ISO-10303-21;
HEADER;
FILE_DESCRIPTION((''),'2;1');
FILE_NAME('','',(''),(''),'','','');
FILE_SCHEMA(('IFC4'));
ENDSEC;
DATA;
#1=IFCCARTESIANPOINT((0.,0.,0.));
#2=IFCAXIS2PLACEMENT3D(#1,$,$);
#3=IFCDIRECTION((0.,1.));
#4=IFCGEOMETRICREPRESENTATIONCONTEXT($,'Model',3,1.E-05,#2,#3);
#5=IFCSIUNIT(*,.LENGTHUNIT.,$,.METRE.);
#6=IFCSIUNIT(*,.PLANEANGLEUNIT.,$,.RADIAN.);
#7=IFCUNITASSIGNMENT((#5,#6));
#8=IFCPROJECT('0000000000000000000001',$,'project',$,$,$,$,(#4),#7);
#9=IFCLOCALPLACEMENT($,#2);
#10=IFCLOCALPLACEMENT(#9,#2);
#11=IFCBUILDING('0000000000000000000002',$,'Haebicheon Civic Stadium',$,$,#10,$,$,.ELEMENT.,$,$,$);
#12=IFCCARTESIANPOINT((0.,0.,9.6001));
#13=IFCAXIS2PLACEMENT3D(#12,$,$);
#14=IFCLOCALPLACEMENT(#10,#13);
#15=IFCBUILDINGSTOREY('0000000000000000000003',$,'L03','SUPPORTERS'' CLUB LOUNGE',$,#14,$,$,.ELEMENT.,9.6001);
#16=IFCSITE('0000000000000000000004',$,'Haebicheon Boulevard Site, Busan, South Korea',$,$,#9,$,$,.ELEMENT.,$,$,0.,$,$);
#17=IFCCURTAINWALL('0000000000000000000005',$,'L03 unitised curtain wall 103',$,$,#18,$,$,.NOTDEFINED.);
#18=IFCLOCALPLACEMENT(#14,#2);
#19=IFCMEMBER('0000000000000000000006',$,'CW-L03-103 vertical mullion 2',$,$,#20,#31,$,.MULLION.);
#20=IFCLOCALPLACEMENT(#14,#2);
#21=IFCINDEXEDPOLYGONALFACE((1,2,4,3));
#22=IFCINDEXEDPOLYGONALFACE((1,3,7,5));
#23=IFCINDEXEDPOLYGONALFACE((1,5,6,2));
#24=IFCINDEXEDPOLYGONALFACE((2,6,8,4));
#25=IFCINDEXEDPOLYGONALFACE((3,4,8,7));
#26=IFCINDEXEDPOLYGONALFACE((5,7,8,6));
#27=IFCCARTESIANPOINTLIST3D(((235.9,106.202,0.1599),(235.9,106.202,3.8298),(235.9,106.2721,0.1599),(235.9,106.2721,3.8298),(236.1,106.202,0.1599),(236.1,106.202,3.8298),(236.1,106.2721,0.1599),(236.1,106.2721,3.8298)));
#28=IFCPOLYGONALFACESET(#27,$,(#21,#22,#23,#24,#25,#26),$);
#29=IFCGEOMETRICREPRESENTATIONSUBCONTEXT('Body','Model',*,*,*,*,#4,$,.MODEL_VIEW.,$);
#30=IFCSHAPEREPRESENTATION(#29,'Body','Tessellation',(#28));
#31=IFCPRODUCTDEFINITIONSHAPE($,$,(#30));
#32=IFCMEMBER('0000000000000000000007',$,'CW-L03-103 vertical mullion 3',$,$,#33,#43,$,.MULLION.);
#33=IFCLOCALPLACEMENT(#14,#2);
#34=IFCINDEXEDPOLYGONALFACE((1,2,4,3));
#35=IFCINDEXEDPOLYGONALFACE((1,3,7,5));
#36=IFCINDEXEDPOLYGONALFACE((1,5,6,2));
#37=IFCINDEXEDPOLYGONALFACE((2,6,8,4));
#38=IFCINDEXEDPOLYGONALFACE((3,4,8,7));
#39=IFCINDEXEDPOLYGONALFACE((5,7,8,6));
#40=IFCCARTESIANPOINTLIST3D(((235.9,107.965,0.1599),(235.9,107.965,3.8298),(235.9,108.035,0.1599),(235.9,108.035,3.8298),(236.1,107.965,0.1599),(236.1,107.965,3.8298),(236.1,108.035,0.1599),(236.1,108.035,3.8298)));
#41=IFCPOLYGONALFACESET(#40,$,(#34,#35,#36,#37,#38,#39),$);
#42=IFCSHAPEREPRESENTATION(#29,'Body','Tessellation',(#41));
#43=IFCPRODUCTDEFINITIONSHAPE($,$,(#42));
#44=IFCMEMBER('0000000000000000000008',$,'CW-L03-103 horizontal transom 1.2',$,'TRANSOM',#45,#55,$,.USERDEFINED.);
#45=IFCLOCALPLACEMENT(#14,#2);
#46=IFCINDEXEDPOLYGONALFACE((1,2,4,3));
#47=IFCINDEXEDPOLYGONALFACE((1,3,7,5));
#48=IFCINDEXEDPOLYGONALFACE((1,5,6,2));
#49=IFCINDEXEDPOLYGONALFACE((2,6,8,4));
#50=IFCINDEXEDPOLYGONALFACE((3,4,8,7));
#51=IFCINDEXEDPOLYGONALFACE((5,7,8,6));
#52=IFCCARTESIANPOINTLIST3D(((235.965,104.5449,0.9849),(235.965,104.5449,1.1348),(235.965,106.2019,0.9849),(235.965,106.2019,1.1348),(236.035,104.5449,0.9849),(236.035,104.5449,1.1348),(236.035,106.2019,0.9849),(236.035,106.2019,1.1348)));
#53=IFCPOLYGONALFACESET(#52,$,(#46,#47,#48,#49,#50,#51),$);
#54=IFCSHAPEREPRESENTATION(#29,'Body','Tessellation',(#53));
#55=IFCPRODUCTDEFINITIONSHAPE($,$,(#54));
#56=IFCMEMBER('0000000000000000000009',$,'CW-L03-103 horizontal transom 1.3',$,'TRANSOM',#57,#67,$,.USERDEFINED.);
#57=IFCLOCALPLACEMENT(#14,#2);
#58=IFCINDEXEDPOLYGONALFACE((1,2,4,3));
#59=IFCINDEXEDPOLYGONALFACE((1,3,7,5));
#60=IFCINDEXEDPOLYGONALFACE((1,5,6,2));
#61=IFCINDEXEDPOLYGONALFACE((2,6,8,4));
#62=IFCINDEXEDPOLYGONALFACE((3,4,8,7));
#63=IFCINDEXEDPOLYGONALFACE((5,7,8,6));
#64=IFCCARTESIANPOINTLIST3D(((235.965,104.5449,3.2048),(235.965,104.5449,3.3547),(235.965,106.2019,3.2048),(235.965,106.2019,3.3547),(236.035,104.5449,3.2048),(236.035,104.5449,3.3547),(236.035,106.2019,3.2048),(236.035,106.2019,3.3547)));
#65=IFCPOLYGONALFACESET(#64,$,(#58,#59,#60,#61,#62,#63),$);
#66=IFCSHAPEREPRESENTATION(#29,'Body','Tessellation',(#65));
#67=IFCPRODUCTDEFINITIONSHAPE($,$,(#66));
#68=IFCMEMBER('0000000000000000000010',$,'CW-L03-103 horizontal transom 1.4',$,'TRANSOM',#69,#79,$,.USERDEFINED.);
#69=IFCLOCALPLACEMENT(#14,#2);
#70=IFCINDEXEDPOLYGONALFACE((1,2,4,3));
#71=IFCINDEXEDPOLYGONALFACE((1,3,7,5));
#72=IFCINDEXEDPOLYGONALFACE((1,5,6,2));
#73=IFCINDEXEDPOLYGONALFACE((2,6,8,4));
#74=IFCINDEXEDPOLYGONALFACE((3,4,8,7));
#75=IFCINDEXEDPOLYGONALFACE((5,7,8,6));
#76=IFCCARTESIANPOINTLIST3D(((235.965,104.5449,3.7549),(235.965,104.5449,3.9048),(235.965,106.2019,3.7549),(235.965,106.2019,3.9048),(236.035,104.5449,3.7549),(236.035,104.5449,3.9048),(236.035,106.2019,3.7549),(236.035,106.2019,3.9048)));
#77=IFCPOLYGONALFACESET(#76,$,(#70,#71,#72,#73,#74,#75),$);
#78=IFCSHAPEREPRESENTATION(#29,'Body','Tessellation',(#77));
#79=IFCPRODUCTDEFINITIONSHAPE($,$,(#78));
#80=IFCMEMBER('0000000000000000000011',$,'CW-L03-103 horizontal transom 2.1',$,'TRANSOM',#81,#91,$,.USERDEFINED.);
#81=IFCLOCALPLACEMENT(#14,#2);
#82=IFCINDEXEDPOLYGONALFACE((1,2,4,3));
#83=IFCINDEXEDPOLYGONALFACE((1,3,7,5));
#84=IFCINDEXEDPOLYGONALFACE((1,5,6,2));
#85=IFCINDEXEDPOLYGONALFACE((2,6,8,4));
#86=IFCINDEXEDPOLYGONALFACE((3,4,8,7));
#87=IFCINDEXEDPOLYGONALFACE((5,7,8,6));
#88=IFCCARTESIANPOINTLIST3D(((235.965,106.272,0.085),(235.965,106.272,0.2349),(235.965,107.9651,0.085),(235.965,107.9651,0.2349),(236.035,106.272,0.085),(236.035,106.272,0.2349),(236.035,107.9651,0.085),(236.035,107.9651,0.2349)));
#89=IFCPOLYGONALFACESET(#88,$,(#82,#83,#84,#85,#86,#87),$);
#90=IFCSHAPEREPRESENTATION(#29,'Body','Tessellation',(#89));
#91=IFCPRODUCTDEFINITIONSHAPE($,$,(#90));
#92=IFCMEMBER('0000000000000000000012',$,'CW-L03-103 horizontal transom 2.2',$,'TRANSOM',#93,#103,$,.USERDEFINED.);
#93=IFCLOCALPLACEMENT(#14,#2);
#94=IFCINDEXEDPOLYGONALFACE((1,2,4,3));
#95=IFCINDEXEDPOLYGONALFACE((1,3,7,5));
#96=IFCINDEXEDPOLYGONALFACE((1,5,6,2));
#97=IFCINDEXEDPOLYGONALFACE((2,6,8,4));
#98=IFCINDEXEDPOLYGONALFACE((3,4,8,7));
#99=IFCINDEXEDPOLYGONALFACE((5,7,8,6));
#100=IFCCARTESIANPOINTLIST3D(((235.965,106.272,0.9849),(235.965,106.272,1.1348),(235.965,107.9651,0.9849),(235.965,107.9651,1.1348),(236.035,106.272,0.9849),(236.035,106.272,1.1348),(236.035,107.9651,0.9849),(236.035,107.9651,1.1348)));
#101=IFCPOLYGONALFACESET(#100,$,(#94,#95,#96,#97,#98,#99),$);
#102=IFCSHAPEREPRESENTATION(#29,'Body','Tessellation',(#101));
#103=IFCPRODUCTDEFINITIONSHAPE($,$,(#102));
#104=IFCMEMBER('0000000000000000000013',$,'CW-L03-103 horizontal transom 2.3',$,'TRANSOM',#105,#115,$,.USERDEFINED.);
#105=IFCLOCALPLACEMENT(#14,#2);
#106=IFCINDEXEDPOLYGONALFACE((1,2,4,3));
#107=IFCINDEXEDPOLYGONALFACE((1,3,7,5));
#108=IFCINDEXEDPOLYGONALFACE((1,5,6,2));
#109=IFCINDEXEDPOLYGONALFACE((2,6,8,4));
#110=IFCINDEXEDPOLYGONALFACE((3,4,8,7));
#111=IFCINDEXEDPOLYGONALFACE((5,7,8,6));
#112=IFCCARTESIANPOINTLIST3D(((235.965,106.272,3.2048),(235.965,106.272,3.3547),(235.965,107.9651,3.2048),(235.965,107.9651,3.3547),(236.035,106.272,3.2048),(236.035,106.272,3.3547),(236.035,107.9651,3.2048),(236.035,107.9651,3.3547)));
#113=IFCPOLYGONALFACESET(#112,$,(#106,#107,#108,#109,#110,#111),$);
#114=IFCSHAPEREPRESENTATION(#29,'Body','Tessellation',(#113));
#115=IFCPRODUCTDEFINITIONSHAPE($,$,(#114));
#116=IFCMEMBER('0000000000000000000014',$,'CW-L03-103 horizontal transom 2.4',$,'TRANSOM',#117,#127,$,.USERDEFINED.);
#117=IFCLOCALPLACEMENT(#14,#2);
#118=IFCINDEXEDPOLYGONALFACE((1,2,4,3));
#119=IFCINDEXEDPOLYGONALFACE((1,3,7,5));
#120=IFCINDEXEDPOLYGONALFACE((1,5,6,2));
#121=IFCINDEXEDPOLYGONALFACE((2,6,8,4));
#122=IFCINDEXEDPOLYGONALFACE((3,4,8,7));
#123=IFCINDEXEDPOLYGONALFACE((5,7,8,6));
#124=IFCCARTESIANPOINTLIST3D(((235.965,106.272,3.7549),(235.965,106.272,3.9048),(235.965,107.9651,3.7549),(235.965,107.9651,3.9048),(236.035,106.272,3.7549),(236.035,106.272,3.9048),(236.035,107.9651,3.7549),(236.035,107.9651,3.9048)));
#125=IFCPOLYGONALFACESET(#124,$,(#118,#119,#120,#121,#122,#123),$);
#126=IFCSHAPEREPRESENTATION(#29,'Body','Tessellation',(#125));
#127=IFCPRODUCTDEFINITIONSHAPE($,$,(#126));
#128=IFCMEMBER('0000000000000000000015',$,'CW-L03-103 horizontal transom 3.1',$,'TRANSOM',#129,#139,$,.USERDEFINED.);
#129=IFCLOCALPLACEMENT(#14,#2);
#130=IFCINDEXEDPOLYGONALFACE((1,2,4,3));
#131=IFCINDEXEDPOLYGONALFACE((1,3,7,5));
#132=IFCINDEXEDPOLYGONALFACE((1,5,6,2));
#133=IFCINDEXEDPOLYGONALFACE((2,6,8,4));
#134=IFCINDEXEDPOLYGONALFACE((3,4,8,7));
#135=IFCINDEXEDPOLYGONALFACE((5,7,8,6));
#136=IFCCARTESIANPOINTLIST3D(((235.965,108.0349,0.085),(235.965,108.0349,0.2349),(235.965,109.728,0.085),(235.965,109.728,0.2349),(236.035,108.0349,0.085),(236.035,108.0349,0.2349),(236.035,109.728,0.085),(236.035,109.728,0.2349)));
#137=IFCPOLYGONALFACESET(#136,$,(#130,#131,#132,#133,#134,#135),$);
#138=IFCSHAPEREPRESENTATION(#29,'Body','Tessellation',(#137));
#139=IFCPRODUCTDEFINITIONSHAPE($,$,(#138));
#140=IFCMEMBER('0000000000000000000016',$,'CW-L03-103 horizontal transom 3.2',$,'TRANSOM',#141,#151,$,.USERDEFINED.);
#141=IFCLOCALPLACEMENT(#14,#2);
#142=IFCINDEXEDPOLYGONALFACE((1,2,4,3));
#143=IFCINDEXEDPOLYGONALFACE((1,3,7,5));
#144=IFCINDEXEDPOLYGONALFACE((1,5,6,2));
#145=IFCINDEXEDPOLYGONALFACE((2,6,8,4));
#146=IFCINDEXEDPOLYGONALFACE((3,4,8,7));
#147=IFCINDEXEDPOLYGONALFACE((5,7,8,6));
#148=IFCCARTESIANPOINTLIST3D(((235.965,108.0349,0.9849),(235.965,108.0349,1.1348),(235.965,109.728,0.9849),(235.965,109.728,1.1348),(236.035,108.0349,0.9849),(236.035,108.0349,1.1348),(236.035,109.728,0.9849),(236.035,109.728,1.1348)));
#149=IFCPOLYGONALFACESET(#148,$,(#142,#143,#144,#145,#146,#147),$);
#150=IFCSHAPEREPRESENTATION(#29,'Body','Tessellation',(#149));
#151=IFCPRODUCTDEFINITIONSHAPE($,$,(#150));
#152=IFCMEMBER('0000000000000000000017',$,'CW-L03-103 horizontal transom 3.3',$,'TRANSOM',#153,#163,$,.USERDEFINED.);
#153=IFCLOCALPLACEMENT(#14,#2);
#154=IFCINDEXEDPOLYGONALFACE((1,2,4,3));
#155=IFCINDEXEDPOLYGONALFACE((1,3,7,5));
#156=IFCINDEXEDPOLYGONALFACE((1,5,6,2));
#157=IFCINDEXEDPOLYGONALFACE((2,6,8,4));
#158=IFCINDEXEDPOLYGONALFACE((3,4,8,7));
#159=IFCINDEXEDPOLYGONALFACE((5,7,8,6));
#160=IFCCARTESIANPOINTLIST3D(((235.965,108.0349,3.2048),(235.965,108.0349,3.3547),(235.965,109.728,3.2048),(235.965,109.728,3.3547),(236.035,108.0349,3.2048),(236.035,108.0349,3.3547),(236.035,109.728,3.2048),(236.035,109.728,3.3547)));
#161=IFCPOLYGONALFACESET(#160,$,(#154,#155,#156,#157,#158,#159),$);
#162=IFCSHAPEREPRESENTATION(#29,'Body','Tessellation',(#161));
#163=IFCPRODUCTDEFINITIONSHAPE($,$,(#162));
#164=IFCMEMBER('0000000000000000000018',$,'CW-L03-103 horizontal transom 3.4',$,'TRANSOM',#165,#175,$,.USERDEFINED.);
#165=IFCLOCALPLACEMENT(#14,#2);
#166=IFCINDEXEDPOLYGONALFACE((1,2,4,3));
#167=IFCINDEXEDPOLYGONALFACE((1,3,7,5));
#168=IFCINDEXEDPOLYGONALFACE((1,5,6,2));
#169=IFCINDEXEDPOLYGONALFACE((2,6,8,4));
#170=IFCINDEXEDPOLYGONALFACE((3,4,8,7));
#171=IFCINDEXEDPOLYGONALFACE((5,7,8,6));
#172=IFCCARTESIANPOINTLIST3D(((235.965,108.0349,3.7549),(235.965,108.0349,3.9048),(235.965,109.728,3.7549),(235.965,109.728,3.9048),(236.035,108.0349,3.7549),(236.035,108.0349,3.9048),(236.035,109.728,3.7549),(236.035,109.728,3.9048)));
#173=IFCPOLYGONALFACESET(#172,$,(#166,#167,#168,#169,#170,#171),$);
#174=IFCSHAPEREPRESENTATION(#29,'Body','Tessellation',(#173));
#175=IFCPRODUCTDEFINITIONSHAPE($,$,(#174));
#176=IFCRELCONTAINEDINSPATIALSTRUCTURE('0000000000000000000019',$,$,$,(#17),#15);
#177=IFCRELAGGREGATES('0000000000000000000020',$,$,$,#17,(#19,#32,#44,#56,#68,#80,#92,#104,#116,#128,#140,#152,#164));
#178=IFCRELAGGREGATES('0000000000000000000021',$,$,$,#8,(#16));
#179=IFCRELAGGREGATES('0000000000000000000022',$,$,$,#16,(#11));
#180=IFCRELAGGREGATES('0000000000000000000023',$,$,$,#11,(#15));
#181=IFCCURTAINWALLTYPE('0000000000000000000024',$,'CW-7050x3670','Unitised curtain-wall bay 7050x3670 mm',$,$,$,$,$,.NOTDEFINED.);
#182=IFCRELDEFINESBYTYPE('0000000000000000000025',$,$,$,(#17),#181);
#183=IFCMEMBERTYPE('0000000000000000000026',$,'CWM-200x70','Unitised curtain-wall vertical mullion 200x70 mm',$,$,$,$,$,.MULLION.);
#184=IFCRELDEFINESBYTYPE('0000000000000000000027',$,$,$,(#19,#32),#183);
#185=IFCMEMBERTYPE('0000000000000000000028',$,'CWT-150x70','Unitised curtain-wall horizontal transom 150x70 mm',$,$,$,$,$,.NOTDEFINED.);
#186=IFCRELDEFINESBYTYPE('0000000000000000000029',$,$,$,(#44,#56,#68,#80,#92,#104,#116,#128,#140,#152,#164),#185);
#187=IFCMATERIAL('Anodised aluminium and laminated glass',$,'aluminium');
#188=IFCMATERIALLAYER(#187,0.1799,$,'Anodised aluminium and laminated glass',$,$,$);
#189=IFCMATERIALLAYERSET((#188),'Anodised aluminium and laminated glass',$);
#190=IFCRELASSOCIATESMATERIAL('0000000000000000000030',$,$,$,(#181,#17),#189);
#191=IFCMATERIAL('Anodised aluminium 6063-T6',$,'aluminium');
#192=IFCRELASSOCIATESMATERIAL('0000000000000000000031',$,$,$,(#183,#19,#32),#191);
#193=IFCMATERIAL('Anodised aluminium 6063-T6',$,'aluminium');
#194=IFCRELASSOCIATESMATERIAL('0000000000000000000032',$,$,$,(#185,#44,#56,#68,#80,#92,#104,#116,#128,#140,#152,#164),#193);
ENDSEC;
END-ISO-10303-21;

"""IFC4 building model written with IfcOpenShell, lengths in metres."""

from ifc_helpers import new_model, si_unit, direction, frame, origin, origin_2d, place, context, subcontext, project, spatial, rectangle, extrude, material, layer, layer_set, material_profile, profile_set, type_object, element, aggregate, save


model = new_model("IFC4")

# Units and contexts
model_context = context("Model", 3, precision=1e-05, world=origin(), true_north=direction((0.0, 1.0)))
body_context = subcontext(model_context, "Body", "Model", "MODEL_VIEW")
ifc_project = project(units=[si_unit("LENGTHUNIT", "METRE"), si_unit("PLANEANGLEUNIT", "RADIAN")], contexts=[model_context])

# Site, building, storey
site_placement = place(None, origin())
site = spatial("IfcSite", under=ifc_project, at=site_placement, Name="Haebicheon Boulevard Site, Busan, South Korea", CompositionType="ELEMENT", RefElevation=0.0)
building_placement = place(site_placement, origin())
building = spatial("IfcBuilding", under=site, at=building_placement, Name="Haebicheon Civic Stadium", CompositionType="ELEMENT")
storey_placement = place(building_placement, frame((0.0, 0.0, 9.6001)))
storey = spatial("IfcBuildingStorey", under=building, at=storey_placement, Name="L03", Description="SUPPORTERS' CLUB LOUNGE", CompositionType="ELEMENT", Elevation=9.6001)

# Curtain wall, members
ifc_material_1 = material(Name="Anodised aluminium and laminated glass", Category="aluminium")
ifc_layer_1 = layer(ifc_material_1, 0.1799, Name="Anodised aluminium and laminated glass")
ifc_layer_set_1 = layer_set([ifc_layer_1], Name="Anodised aluminium and laminated glass")
curtain_wall_type = type_object("IfcCurtainWallType", Name="CW-7050x3670", Description="Unitised curtain-wall bay 7050x3670 mm", PredefinedType="NOTDEFINED", material=ifc_layer_set_1)
curtain_wall_placement = place(storey_placement, origin())
curtain_wall = element("IfcCurtainWall", 1, at=curtain_wall_placement, inside=storey, type_object=curtain_wall_type, material=ifc_layer_set_1, Name="L03 unitised curtain wall 103", PredefinedType="NOTDEFINED")
ifc_material_2 = material(Name="Anodised aluminium 6063-T6", Category="aluminium")
ifc_material_profile_1 = material_profile(ifc_material_2, rectangle(XDim=0.0701, YDim=0.2, at=origin_2d()), Name="ALU-MULL-70x200")
ifc_profile_set_1 = profile_set([ifc_material_profile_1], Name="Anodised aluminium 6063-T6")
member_type_1 = type_object("IfcMemberType", Name="CWM-200x70", Description="Unitised curtain-wall vertical mullion 200x70 mm", PredefinedType="MULLION", material=ifc_profile_set_1)
member_1_placement = place(storey_placement, frame((236.0, 106.2371, 0.1599), z_axis=(0.0, 0.0, 1.0), x_axis=(0.0, 1.0, 0.0)))
member_1 = element("IfcMember", 2, at=member_1_placement, type_object=member_type_1, material=ifc_profile_set_1, Name="CW-L03-103 vertical mullion 2", PredefinedType="MULLION", context=body_context, shape_type="SweptSolid", body=[
    extrude(rectangle(XDim=0.0701, YDim=0.2, at=origin_2d()), origin(), (0.0, 0.0, 1.0), 3.6699),
])
member_2_placement = place(storey_placement, frame((236.0, 108.0, 0.1599), z_axis=(0.0, 0.0, 1.0), x_axis=(0.0, 1.0, 0.0)))
member_2 = element("IfcMember", 3, at=member_2_placement, type_object=member_type_1, material=ifc_profile_set_1, Name="CW-L03-103 vertical mullion 3", PredefinedType="MULLION", context=body_context, shape_type="SweptSolid", body=[
    extrude(rectangle(XDim=0.0701, YDim=0.2, at=origin_2d()), origin(), (0.0, 0.0, 1.0), 3.6699),
])
ifc_material_3 = material(Name="Anodised aluminium 6063-T6", Category="aluminium")
ifc_material_profile_2 = material_profile(ifc_material_3, rectangle(XDim=0.0701, YDim=0.1499, at=origin_2d()), Name="ALU-TRAN-70x150")
ifc_profile_set_2 = profile_set([ifc_material_profile_2], Name="Anodised aluminium 6063-T6")
member_type_2 = type_object("IfcMemberType", Name="CWT-150x70", Description="Unitised curtain-wall horizontal transom 150x70 mm", PredefinedType="NOTDEFINED", material=ifc_profile_set_2)
member_3_placement = place(storey_placement, frame((236.0, 104.5449, 1.0598), z_axis=(0.0, 1.0, 0.0), x_axis=(-1.0, 0.0, 0.0)))
member_3 = element("IfcMember", 4, at=member_3_placement, type_object=member_type_2, material=ifc_profile_set_2, Name="CW-L03-103 horizontal transom 1.2", ObjectType="TRANSOM", PredefinedType="USERDEFINED", context=body_context, shape_type="SweptSolid", body=[
    extrude(rectangle(XDim=0.0701, YDim=0.1499, at=origin_2d()), origin(), (0.0, 0.0, 1.0), 1.657),
])
member_4_placement = place(storey_placement, frame((236.0, 104.5449, 3.2798), z_axis=(0.0, 1.0, 0.0), x_axis=(-1.0, 0.0, 0.0)))
member_4 = element("IfcMember", 5, at=member_4_placement, type_object=member_type_2, material=ifc_profile_set_2, Name="CW-L03-103 horizontal transom 1.3", ObjectType="TRANSOM", PredefinedType="USERDEFINED", context=body_context, shape_type="SweptSolid", body=[
    extrude(rectangle(XDim=0.0701, YDim=0.1499, at=origin_2d()), origin(), (0.0, 0.0, 1.0), 1.657),
])
member_5_placement = place(storey_placement, frame((236.0, 104.5449, 3.8298), z_axis=(0.0, 1.0, 0.0), x_axis=(-1.0, 0.0, 0.0)))
member_5 = element("IfcMember", 6, at=member_5_placement, type_object=member_type_2, material=ifc_profile_set_2, Name="CW-L03-103 horizontal transom 1.4", ObjectType="TRANSOM", PredefinedType="USERDEFINED", context=body_context, shape_type="SweptSolid", body=[
    extrude(rectangle(XDim=0.0701, YDim=0.1499, at=origin_2d()), origin(), (0.0, 0.0, 1.0), 1.657),
])
member_6_placement = place(storey_placement, frame((236.0, 106.272, 0.1599), z_axis=(0.0, 1.0, 0.0), x_axis=(-1.0, 0.0, 0.0)))
member_6 = element("IfcMember", 7, at=member_6_placement, type_object=member_type_2, material=ifc_profile_set_2, Name="CW-L03-103 horizontal transom 2.1", ObjectType="TRANSOM", PredefinedType="USERDEFINED", context=body_context, shape_type="SweptSolid", body=[
    extrude(rectangle(XDim=0.0701, YDim=0.1499, at=origin_2d()), origin(), (0.0, 0.0, 1.0), 1.6931),
])
member_7_placement = place(storey_placement, frame((236.0, 106.272, 1.0598), z_axis=(0.0, 1.0, 0.0), x_axis=(-1.0, 0.0, 0.0)))
member_7 = element("IfcMember", 8, at=member_7_placement, type_object=member_type_2, material=ifc_profile_set_2, Name="CW-L03-103 horizontal transom 2.2", ObjectType="TRANSOM", PredefinedType="USERDEFINED", context=body_context, shape_type="SweptSolid", body=[
    extrude(rectangle(XDim=0.0701, YDim=0.1499, at=origin_2d()), origin(), (0.0, 0.0, 1.0), 1.6931),
])
member_8_placement = place(storey_placement, frame((236.0, 106.272, 3.2798), z_axis=(0.0, 1.0, 0.0), x_axis=(-1.0, 0.0, 0.0)))
member_8 = element("IfcMember", 9, at=member_8_placement, type_object=member_type_2, material=ifc_profile_set_2, Name="CW-L03-103 horizontal transom 2.3", ObjectType="TRANSOM", PredefinedType="USERDEFINED", context=body_context, shape_type="SweptSolid", body=[
    extrude(rectangle(XDim=0.0701, YDim=0.1499, at=origin_2d()), origin(), (0.0, 0.0, 1.0), 1.6931),
])
member_9_placement = place(storey_placement, frame((236.0, 106.272, 3.8298), z_axis=(0.0, 1.0, 0.0), x_axis=(-1.0, 0.0, 0.0)))
member_9 = element("IfcMember", 10, at=member_9_placement, type_object=member_type_2, material=ifc_profile_set_2, Name="CW-L03-103 horizontal transom 2.4", ObjectType="TRANSOM", PredefinedType="USERDEFINED", context=body_context, shape_type="SweptSolid", body=[
    extrude(rectangle(XDim=0.0701, YDim=0.1499, at=origin_2d()), origin(), (0.0, 0.0, 1.0), 1.6931),
])
member_10_placement = place(storey_placement, frame((236.0, 108.0349, 0.1599), z_axis=(0.0, 1.0, 0.0), x_axis=(-1.0, 0.0, 0.0)))
member_10 = element("IfcMember", 11, at=member_10_placement, type_object=member_type_2, material=ifc_profile_set_2, Name="CW-L03-103 horizontal transom 3.1", ObjectType="TRANSOM", PredefinedType="USERDEFINED", context=body_context, shape_type="SweptSolid", body=[
    extrude(rectangle(XDim=0.0701, YDim=0.1499, at=origin_2d()), origin(), (0.0, 0.0, 1.0), 1.6931),
])
member_11_placement = place(storey_placement, frame((236.0, 108.0349, 1.0598), z_axis=(0.0, 1.0, 0.0), x_axis=(-1.0, 0.0, 0.0)))
member_11 = element("IfcMember", 12, at=member_11_placement, type_object=member_type_2, material=ifc_profile_set_2, Name="CW-L03-103 horizontal transom 3.2", ObjectType="TRANSOM", PredefinedType="USERDEFINED", context=body_context, shape_type="SweptSolid", body=[
    extrude(rectangle(XDim=0.0701, YDim=0.1499, at=origin_2d()), origin(), (0.0, 0.0, 1.0), 1.6931),
])
member_12_placement = place(storey_placement, frame((236.0, 108.0349, 3.2798), z_axis=(0.0, 1.0, 0.0), x_axis=(-1.0, 0.0, 0.0)))
member_12 = element("IfcMember", 13, at=member_12_placement, type_object=member_type_2, material=ifc_profile_set_2, Name="CW-L03-103 horizontal transom 3.3", ObjectType="TRANSOM", PredefinedType="USERDEFINED", context=body_context, shape_type="SweptSolid", body=[
    extrude(rectangle(XDim=0.0701, YDim=0.1499, at=origin_2d()), origin(), (0.0, 0.0, 1.0), 1.6931),
])
member_13_placement = place(storey_placement, frame((236.0, 108.0349, 3.8298), z_axis=(0.0, 1.0, 0.0), x_axis=(-1.0, 0.0, 0.0)))
member_13 = element("IfcMember", 14, at=member_13_placement, type_object=member_type_2, material=ifc_profile_set_2, Name="CW-L03-103 horizontal transom 3.4", ObjectType="TRANSOM", PredefinedType="USERDEFINED", context=body_context, shape_type="SweptSolid", body=[
    extrude(rectangle(XDim=0.0701, YDim=0.1499, at=origin_2d()), origin(), (0.0, 0.0, 1.0), 1.6931),
])

aggregate(curtain_wall, [member_1, member_2, member_3, member_4, member_5, member_6, member_7, member_8, member_9, member_10, member_11, member_12, member_13])

save(model, "model.ifc")
